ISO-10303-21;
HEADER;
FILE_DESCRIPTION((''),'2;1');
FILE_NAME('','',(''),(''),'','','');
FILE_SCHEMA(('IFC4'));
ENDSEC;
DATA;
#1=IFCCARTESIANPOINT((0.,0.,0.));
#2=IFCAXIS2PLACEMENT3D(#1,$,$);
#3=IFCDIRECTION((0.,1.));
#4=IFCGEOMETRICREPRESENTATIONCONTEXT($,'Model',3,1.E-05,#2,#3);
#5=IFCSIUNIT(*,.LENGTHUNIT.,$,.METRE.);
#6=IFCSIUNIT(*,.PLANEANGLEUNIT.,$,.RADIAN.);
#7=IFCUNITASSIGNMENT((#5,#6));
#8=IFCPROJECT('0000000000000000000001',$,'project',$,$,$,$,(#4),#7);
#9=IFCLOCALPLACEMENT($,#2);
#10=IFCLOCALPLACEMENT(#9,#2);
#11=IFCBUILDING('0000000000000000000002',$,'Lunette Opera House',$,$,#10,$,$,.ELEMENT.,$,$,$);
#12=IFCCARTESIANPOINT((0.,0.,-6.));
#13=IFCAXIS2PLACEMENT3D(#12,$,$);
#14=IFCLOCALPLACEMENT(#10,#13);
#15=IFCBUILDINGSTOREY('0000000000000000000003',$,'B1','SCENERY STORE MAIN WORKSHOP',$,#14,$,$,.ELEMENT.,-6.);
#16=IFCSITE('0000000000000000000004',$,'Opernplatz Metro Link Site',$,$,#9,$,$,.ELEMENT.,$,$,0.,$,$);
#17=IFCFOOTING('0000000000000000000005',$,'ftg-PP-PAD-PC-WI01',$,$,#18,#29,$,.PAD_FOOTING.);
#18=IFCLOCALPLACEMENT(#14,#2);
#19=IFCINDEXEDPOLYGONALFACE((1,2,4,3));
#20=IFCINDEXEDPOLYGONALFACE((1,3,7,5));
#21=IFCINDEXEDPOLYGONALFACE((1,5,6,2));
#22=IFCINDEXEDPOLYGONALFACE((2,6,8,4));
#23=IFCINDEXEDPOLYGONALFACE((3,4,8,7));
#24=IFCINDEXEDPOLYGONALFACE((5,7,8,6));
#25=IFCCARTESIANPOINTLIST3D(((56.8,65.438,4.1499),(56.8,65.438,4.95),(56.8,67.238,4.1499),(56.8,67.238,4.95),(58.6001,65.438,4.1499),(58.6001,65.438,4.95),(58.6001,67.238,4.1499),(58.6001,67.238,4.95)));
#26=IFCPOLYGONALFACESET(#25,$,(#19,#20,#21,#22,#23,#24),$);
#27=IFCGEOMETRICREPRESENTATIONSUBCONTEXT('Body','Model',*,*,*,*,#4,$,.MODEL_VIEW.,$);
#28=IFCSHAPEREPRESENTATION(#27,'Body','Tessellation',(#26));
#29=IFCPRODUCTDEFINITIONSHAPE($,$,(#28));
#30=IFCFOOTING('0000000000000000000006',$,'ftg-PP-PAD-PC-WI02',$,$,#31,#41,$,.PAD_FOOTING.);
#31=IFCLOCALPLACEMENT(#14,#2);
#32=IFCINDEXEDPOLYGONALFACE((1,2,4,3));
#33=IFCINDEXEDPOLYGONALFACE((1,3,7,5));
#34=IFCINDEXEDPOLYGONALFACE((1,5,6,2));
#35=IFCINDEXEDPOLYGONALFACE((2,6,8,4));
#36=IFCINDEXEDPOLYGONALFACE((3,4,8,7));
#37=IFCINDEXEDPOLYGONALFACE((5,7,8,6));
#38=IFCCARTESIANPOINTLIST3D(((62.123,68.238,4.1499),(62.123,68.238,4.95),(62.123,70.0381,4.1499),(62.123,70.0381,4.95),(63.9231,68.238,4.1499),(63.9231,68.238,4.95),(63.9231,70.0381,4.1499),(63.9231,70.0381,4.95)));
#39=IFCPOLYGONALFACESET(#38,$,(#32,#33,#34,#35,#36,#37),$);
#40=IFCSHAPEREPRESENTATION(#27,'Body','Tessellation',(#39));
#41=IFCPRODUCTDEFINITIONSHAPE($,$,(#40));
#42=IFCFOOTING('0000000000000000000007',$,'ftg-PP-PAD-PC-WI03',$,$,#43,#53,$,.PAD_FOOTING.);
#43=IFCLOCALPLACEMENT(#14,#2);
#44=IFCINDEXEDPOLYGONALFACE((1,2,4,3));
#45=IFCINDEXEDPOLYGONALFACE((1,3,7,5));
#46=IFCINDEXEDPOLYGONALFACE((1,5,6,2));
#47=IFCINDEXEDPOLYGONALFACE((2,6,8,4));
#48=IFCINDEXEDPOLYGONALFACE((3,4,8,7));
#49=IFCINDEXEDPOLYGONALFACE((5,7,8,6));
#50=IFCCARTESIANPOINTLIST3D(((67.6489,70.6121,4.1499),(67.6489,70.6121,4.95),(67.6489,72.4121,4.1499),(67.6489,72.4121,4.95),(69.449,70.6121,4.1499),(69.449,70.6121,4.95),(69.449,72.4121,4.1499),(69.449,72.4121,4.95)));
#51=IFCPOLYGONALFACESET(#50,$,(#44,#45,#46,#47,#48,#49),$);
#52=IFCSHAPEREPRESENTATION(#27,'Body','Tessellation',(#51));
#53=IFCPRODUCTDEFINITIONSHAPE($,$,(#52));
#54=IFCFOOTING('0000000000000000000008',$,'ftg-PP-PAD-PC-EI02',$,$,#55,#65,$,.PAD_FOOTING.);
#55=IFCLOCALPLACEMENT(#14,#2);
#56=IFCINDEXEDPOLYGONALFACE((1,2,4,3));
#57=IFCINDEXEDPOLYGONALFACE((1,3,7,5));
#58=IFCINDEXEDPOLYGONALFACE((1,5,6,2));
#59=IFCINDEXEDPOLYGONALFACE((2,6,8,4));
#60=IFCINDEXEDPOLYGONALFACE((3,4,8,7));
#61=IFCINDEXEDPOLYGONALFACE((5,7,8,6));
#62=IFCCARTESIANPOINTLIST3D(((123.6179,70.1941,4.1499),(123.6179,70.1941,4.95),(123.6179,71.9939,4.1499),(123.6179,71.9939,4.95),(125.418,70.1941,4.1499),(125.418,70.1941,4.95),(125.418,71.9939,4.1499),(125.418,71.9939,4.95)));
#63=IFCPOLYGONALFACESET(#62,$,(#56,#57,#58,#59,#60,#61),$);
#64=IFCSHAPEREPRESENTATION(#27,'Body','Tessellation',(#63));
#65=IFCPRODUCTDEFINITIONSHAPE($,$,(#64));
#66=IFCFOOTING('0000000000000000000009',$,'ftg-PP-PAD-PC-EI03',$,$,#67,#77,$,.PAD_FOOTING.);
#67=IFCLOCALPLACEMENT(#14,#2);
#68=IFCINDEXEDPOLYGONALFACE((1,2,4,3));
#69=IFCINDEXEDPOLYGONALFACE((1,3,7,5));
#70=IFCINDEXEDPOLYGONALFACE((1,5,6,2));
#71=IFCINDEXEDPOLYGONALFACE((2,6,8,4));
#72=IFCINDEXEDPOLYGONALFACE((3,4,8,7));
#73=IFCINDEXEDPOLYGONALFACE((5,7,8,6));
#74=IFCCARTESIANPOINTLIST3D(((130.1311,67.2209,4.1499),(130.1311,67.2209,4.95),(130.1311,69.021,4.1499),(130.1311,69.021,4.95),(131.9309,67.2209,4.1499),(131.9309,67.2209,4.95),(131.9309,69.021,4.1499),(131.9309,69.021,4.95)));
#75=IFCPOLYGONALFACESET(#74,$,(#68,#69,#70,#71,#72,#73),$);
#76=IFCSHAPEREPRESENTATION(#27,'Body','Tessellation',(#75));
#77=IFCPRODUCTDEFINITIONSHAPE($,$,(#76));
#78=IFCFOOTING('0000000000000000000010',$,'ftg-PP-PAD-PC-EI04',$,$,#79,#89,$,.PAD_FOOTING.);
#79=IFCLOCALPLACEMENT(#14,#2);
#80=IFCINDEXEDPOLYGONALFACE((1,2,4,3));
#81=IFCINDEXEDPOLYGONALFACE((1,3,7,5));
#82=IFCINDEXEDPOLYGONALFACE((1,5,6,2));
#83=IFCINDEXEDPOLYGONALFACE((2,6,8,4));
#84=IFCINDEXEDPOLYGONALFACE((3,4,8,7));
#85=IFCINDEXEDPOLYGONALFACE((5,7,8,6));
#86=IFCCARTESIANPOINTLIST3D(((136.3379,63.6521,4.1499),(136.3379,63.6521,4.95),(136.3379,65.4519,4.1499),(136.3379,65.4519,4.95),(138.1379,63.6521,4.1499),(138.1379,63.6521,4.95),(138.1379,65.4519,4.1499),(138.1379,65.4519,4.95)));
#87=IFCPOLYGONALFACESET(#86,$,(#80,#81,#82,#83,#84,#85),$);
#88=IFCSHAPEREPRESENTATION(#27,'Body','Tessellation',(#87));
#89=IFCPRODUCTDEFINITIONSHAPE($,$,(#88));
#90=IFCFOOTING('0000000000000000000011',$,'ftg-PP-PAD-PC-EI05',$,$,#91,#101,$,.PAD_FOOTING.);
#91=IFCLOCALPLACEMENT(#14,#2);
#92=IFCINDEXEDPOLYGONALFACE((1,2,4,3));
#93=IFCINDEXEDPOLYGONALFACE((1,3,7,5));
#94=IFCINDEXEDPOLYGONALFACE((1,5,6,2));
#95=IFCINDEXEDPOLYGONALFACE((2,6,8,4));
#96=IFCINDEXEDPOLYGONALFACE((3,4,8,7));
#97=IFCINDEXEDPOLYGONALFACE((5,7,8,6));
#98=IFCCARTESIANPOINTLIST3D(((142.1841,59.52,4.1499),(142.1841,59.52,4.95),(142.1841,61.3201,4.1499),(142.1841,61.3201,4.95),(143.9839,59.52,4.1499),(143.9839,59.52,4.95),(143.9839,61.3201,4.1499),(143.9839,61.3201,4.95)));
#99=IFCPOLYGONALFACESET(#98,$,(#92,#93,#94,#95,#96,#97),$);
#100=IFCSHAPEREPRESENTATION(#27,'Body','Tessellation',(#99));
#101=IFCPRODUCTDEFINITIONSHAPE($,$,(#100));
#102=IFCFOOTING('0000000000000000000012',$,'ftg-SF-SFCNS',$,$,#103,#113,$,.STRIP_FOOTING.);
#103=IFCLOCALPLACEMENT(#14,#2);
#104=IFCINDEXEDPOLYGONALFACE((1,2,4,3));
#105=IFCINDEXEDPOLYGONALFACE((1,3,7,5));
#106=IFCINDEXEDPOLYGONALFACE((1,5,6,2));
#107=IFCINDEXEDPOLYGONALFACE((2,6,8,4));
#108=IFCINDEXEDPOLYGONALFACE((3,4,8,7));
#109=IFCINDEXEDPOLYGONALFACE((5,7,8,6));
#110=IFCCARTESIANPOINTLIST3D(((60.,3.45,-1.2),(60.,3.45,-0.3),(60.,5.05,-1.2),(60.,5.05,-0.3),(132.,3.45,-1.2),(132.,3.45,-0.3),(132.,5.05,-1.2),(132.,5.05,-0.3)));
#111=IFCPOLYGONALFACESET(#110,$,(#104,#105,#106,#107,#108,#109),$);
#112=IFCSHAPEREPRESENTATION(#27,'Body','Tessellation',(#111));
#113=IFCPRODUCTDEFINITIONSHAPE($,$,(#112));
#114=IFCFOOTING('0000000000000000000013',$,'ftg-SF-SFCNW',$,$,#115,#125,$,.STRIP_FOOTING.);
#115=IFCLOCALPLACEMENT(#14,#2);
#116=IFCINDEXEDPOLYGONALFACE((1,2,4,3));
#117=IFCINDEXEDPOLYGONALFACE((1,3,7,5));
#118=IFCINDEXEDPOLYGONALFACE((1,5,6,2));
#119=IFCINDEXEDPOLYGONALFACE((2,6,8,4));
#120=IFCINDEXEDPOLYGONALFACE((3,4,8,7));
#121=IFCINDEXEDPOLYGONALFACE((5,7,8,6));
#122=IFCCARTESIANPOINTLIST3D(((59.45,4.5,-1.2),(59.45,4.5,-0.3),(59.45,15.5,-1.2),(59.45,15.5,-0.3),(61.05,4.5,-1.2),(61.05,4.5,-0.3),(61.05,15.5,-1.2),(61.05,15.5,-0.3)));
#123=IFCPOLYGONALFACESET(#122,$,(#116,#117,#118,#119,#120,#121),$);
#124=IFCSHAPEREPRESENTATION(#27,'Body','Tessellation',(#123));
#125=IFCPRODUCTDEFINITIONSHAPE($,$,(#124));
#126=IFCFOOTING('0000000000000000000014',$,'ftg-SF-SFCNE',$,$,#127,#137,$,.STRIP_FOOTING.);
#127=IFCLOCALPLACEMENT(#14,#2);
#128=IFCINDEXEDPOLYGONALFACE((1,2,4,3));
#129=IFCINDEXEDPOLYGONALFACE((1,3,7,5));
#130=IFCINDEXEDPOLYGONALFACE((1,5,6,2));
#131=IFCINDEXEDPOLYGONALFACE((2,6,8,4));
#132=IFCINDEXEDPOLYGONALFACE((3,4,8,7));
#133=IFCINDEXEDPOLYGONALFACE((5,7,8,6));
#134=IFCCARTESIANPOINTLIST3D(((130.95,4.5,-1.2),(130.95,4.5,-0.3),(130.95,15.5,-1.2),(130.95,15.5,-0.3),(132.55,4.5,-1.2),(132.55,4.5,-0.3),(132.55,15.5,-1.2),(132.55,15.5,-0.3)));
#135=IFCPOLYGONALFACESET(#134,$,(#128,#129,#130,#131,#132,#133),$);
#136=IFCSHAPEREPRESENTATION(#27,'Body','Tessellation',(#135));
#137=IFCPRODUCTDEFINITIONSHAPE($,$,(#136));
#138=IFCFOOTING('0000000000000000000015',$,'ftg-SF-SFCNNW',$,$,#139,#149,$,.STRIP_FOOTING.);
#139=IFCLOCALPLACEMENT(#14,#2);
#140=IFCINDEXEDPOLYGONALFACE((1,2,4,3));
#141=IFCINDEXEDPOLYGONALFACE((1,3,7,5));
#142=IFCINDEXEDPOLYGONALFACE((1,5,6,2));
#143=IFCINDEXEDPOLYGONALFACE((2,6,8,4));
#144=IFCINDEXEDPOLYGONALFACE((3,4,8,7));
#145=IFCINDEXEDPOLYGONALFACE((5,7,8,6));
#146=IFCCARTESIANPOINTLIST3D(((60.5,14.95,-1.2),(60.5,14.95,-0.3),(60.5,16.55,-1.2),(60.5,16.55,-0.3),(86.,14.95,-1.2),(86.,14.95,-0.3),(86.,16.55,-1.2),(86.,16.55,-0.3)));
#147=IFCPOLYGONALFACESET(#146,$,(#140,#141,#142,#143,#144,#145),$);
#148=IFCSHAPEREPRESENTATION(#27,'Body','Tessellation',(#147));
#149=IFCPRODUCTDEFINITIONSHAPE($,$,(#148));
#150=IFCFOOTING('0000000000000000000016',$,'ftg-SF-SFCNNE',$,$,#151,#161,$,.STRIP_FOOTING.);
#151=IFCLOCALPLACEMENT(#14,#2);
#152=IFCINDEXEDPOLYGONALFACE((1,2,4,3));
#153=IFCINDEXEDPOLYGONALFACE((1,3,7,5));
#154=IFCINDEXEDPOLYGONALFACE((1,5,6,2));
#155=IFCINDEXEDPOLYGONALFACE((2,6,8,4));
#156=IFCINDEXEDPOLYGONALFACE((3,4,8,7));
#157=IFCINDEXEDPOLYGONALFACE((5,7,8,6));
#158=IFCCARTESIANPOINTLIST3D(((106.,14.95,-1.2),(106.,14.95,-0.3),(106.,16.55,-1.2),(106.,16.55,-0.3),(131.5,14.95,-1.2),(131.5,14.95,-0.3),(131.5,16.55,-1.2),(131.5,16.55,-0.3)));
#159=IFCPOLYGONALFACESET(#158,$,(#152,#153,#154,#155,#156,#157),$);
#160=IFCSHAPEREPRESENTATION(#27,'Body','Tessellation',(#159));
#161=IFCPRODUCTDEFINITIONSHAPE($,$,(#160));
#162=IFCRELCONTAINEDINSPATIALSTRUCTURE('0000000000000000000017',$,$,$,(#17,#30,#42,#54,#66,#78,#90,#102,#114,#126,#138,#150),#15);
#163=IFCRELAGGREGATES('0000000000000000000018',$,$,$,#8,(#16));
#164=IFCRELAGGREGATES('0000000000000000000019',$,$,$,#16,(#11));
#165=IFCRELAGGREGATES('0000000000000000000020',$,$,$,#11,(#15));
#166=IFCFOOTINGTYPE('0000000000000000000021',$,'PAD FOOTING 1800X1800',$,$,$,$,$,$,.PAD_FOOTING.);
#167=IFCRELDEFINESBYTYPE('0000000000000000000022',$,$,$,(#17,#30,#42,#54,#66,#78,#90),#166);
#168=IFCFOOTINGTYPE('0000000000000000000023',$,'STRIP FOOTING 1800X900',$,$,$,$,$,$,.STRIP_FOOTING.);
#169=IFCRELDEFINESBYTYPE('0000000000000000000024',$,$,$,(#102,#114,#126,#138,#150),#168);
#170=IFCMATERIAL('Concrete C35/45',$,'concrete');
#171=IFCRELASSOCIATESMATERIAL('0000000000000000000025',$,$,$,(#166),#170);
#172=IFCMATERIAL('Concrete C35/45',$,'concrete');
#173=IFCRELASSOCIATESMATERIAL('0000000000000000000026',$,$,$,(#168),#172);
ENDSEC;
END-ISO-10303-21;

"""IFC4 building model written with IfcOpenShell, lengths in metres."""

from ifc_helpers import new_model, si_unit, direction, frame, origin, place, context, subcontext, project, spatial, polyline, outline, extrude, material, type_object, element, save


model = new_model("IFC4")

# Units and contexts
model_context = context("Model", 3, precision=1e-05, world=origin(), true_north=direction((0.0, 1.0)))
body_context = subcontext(model_context, "Body", "Model", "MODEL_VIEW")
ifc_project = project(units=[si_unit("LENGTHUNIT", "METRE"), si_unit("PLANEANGLEUNIT", "RADIAN")], contexts=[model_context])

# Site, building, storey
site_placement = place(None, origin())
site = spatial("IfcSite", under=ifc_project, at=site_placement, Name="Opernplatz Metro Link Site", CompositionType="ELEMENT", RefElevation=0.0)
building_placement = place(site_placement, origin())
building = spatial("IfcBuilding", under=site, at=building_placement, Name="Lunette Opera House", CompositionType="ELEMENT")
storey_placement = place(building_placement, frame((0.0, 0.0, -6.0)))
storey = spatial("IfcBuildingStorey", under=building, at=storey_placement, Name="B1", Description="SCENERY STORE MAIN WORKSHOP", CompositionType="ELEMENT", Elevation=-6.0)

# Footings
ifc_material_1 = material(Name="Concrete C35/45", Category="concrete")
footing_type_1 = type_object("IfcFootingType", Name="PAD FOOTING 1800X1800", PredefinedType="PAD_FOOTING", material=ifc_material_1)
footing_1_placement = place(storey_placement, frame((0.0, 0.0, 4.1499)))
element("IfcFooting", 1, at=footing_1_placement, inside=storey, type_object=footing_type_1, Name="ftg-PP-PAD-PC-WI01", PredefinedType="PAD_FOOTING", context=body_context, shape_type="SweptSolid", body=[
    extrude(outline(polyline([(58.6001, 65.438), (58.6001, 67.238), (56.8, 67.238), (56.8, 65.438), (58.6001, 65.438)])), origin(), (0.0, 0.0, 1.0), 0.8),
])
footing_2_placement = place(storey_placement, frame((0.0, 0.0, 4.1499)))
element("IfcFooting", 2, at=footing_2_placement, inside=storey, type_object=footing_type_1, Name="ftg-PP-PAD-PC-WI02", PredefinedType="PAD_FOOTING", context=body_context, shape_type="SweptSolid", body=[
    extrude(outline(polyline([(63.9231, 68.238), (63.9231, 70.0381), (62.123, 70.0381), (62.123, 68.238), (63.9231, 68.238)])), origin(), (0.0, 0.0, 1.0), 0.8),
])
footing_3_placement = place(storey_placement, frame((0.0, 0.0, 4.1499)))
element("IfcFooting", 3, at=footing_3_placement, inside=storey, type_object=footing_type_1, Name="ftg-PP-PAD-PC-WI03", PredefinedType="PAD_FOOTING", context=body_context, shape_type="SweptSolid", body=[
    extrude(outline(polyline([(69.449, 70.6121), (69.449, 72.4121), (67.6489, 72.4121), (67.6489, 70.6121), (69.449, 70.6121)])), origin(), (0.0, 0.0, 1.0), 0.8),
])
footing_4_placement = place(storey_placement, frame((0.0, 0.0, 4.1499)))
element("IfcFooting", 4, at=footing_4_placement, inside=storey, type_object=footing_type_1, Name="ftg-PP-PAD-PC-EI02", PredefinedType="PAD_FOOTING", context=body_context, shape_type="SweptSolid", body=[
    extrude(outline(polyline([(125.418, 70.1941), (125.418, 71.9939), (123.6179, 71.9939), (123.6179, 70.1941), (125.418, 70.1941)])), origin(), (0.0, 0.0, 1.0), 0.8),
])
footing_5_placement = place(storey_placement, frame((0.0, 0.0, 4.1499)))
element("IfcFooting", 5, at=footing_5_placement, inside=storey, type_object=footing_type_1, Name="ftg-PP-PAD-PC-EI03", PredefinedType="PAD_FOOTING", context=body_context, shape_type="SweptSolid", body=[
    extrude(outline(polyline([(131.9309, 67.2209), (131.9309, 69.021), (130.1311, 69.021), (130.1311, 67.2209), (131.9309, 67.2209)])), origin(), (0.0, 0.0, 1.0), 0.8),
])
footing_6_placement = place(storey_placement, frame((0.0, 0.0, 4.1499)))
element("IfcFooting", 6, at=footing_6_placement, inside=storey, type_object=footing_type_1, Name="ftg-PP-PAD-PC-EI04", PredefinedType="PAD_FOOTING", context=body_context, shape_type="SweptSolid", body=[
    extrude(outline(polyline([(138.1379, 63.6521), (138.1379, 65.4519), (136.3379, 65.4519), (136.3379, 63.6521), (138.1379, 63.6521)])), origin(), (0.0, 0.0, 1.0), 0.8),
])
footing_7_placement = place(storey_placement, frame((0.0, 0.0, 4.1499)))
element("IfcFooting", 7, at=footing_7_placement, inside=storey, type_object=footing_type_1, Name="ftg-PP-PAD-PC-EI05", PredefinedType="PAD_FOOTING", context=body_context, shape_type="SweptSolid", body=[
    extrude(outline(polyline([(143.9839, 59.52), (143.9839, 61.3201), (142.1841, 61.3201), (142.1841, 59.52), (143.9839, 59.52)])), origin(), (0.0, 0.0, 1.0), 0.8),
])
ifc_material_2 = material(Name="Concrete C35/45", Category="concrete")
footing_type_2 = type_object("IfcFootingType", Name="STRIP FOOTING 1800X900", PredefinedType="STRIP_FOOTING", material=ifc_material_2)
footing_8_placement = place(storey_placement, frame((0.0, 0.0, -1.2)))
element("IfcFooting", 8, at=footing_8_placement, inside=storey, type_object=footing_type_2, Name="ftg-SF-SFCNS", PredefinedType="STRIP_FOOTING", context=body_context, shape_type="SweptSolid", body=[
    extrude(outline(polyline([(60.0, 5.05), (60.0, 3.45), (132.0, 3.45), (132.0, 5.05), (60.0, 5.05)])), origin(), (0.0, 0.0, 1.0), 0.8999),
])
footing_9_placement = place(storey_placement, frame((0.0, 0.0, -1.2)))
element("IfcFooting", 9, at=footing_9_placement, inside=storey, type_object=footing_type_2, Name="ftg-SF-SFCNW", PredefinedType="STRIP_FOOTING", context=body_context, shape_type="SweptSolid", body=[
    extrude(outline(polyline([(59.45, 4.5), (61.05, 4.5), (61.05, 15.5), (59.45, 15.5), (59.45, 4.5)])), origin(), (0.0, 0.0, 1.0), 0.8999),
])
footing_10_placement = place(storey_placement, frame((0.0, 0.0, -1.2)))
element("IfcFooting", 10, at=footing_10_placement, inside=storey, type_object=footing_type_2, Name="ftg-SF-SFCNE", PredefinedType="STRIP_FOOTING", context=body_context, shape_type="SweptSolid", body=[
    extrude(outline(polyline([(130.95, 4.5), (132.55, 4.5), (132.55, 15.5), (130.95, 15.5), (130.95, 4.5)])), origin(), (0.0, 0.0, 1.0), 0.8999),
])
footing_11_placement = place(storey_placement, frame((0.0, 0.0, -1.2)))
element("IfcFooting", 11, at=footing_11_placement, inside=storey, type_object=footing_type_2, Name="ftg-SF-SFCNNW", PredefinedType="STRIP_FOOTING", context=body_context, shape_type="SweptSolid", body=[
    extrude(outline(polyline([(60.5, 16.55), (60.5, 14.95), (86.0, 14.95), (86.0, 16.55), (60.5, 16.55)])), origin(), (0.0, 0.0, 1.0), 0.8999),
])
footing_12_placement = place(storey_placement, frame((0.0, 0.0, -1.2)))
element("IfcFooting", 12, at=footing_12_placement, inside=storey, type_object=footing_type_2, Name="ftg-SF-SFCNNE", PredefinedType="STRIP_FOOTING", context=body_context, shape_type="SweptSolid", body=[
    extrude(outline(polyline([(106.0, 16.55), (106.0, 14.95), (131.5, 14.95), (131.5, 16.55), (106.0, 16.55)])), origin(), (0.0, 0.0, 1.0), 0.8999),
])

save(model, "model.ifc")
